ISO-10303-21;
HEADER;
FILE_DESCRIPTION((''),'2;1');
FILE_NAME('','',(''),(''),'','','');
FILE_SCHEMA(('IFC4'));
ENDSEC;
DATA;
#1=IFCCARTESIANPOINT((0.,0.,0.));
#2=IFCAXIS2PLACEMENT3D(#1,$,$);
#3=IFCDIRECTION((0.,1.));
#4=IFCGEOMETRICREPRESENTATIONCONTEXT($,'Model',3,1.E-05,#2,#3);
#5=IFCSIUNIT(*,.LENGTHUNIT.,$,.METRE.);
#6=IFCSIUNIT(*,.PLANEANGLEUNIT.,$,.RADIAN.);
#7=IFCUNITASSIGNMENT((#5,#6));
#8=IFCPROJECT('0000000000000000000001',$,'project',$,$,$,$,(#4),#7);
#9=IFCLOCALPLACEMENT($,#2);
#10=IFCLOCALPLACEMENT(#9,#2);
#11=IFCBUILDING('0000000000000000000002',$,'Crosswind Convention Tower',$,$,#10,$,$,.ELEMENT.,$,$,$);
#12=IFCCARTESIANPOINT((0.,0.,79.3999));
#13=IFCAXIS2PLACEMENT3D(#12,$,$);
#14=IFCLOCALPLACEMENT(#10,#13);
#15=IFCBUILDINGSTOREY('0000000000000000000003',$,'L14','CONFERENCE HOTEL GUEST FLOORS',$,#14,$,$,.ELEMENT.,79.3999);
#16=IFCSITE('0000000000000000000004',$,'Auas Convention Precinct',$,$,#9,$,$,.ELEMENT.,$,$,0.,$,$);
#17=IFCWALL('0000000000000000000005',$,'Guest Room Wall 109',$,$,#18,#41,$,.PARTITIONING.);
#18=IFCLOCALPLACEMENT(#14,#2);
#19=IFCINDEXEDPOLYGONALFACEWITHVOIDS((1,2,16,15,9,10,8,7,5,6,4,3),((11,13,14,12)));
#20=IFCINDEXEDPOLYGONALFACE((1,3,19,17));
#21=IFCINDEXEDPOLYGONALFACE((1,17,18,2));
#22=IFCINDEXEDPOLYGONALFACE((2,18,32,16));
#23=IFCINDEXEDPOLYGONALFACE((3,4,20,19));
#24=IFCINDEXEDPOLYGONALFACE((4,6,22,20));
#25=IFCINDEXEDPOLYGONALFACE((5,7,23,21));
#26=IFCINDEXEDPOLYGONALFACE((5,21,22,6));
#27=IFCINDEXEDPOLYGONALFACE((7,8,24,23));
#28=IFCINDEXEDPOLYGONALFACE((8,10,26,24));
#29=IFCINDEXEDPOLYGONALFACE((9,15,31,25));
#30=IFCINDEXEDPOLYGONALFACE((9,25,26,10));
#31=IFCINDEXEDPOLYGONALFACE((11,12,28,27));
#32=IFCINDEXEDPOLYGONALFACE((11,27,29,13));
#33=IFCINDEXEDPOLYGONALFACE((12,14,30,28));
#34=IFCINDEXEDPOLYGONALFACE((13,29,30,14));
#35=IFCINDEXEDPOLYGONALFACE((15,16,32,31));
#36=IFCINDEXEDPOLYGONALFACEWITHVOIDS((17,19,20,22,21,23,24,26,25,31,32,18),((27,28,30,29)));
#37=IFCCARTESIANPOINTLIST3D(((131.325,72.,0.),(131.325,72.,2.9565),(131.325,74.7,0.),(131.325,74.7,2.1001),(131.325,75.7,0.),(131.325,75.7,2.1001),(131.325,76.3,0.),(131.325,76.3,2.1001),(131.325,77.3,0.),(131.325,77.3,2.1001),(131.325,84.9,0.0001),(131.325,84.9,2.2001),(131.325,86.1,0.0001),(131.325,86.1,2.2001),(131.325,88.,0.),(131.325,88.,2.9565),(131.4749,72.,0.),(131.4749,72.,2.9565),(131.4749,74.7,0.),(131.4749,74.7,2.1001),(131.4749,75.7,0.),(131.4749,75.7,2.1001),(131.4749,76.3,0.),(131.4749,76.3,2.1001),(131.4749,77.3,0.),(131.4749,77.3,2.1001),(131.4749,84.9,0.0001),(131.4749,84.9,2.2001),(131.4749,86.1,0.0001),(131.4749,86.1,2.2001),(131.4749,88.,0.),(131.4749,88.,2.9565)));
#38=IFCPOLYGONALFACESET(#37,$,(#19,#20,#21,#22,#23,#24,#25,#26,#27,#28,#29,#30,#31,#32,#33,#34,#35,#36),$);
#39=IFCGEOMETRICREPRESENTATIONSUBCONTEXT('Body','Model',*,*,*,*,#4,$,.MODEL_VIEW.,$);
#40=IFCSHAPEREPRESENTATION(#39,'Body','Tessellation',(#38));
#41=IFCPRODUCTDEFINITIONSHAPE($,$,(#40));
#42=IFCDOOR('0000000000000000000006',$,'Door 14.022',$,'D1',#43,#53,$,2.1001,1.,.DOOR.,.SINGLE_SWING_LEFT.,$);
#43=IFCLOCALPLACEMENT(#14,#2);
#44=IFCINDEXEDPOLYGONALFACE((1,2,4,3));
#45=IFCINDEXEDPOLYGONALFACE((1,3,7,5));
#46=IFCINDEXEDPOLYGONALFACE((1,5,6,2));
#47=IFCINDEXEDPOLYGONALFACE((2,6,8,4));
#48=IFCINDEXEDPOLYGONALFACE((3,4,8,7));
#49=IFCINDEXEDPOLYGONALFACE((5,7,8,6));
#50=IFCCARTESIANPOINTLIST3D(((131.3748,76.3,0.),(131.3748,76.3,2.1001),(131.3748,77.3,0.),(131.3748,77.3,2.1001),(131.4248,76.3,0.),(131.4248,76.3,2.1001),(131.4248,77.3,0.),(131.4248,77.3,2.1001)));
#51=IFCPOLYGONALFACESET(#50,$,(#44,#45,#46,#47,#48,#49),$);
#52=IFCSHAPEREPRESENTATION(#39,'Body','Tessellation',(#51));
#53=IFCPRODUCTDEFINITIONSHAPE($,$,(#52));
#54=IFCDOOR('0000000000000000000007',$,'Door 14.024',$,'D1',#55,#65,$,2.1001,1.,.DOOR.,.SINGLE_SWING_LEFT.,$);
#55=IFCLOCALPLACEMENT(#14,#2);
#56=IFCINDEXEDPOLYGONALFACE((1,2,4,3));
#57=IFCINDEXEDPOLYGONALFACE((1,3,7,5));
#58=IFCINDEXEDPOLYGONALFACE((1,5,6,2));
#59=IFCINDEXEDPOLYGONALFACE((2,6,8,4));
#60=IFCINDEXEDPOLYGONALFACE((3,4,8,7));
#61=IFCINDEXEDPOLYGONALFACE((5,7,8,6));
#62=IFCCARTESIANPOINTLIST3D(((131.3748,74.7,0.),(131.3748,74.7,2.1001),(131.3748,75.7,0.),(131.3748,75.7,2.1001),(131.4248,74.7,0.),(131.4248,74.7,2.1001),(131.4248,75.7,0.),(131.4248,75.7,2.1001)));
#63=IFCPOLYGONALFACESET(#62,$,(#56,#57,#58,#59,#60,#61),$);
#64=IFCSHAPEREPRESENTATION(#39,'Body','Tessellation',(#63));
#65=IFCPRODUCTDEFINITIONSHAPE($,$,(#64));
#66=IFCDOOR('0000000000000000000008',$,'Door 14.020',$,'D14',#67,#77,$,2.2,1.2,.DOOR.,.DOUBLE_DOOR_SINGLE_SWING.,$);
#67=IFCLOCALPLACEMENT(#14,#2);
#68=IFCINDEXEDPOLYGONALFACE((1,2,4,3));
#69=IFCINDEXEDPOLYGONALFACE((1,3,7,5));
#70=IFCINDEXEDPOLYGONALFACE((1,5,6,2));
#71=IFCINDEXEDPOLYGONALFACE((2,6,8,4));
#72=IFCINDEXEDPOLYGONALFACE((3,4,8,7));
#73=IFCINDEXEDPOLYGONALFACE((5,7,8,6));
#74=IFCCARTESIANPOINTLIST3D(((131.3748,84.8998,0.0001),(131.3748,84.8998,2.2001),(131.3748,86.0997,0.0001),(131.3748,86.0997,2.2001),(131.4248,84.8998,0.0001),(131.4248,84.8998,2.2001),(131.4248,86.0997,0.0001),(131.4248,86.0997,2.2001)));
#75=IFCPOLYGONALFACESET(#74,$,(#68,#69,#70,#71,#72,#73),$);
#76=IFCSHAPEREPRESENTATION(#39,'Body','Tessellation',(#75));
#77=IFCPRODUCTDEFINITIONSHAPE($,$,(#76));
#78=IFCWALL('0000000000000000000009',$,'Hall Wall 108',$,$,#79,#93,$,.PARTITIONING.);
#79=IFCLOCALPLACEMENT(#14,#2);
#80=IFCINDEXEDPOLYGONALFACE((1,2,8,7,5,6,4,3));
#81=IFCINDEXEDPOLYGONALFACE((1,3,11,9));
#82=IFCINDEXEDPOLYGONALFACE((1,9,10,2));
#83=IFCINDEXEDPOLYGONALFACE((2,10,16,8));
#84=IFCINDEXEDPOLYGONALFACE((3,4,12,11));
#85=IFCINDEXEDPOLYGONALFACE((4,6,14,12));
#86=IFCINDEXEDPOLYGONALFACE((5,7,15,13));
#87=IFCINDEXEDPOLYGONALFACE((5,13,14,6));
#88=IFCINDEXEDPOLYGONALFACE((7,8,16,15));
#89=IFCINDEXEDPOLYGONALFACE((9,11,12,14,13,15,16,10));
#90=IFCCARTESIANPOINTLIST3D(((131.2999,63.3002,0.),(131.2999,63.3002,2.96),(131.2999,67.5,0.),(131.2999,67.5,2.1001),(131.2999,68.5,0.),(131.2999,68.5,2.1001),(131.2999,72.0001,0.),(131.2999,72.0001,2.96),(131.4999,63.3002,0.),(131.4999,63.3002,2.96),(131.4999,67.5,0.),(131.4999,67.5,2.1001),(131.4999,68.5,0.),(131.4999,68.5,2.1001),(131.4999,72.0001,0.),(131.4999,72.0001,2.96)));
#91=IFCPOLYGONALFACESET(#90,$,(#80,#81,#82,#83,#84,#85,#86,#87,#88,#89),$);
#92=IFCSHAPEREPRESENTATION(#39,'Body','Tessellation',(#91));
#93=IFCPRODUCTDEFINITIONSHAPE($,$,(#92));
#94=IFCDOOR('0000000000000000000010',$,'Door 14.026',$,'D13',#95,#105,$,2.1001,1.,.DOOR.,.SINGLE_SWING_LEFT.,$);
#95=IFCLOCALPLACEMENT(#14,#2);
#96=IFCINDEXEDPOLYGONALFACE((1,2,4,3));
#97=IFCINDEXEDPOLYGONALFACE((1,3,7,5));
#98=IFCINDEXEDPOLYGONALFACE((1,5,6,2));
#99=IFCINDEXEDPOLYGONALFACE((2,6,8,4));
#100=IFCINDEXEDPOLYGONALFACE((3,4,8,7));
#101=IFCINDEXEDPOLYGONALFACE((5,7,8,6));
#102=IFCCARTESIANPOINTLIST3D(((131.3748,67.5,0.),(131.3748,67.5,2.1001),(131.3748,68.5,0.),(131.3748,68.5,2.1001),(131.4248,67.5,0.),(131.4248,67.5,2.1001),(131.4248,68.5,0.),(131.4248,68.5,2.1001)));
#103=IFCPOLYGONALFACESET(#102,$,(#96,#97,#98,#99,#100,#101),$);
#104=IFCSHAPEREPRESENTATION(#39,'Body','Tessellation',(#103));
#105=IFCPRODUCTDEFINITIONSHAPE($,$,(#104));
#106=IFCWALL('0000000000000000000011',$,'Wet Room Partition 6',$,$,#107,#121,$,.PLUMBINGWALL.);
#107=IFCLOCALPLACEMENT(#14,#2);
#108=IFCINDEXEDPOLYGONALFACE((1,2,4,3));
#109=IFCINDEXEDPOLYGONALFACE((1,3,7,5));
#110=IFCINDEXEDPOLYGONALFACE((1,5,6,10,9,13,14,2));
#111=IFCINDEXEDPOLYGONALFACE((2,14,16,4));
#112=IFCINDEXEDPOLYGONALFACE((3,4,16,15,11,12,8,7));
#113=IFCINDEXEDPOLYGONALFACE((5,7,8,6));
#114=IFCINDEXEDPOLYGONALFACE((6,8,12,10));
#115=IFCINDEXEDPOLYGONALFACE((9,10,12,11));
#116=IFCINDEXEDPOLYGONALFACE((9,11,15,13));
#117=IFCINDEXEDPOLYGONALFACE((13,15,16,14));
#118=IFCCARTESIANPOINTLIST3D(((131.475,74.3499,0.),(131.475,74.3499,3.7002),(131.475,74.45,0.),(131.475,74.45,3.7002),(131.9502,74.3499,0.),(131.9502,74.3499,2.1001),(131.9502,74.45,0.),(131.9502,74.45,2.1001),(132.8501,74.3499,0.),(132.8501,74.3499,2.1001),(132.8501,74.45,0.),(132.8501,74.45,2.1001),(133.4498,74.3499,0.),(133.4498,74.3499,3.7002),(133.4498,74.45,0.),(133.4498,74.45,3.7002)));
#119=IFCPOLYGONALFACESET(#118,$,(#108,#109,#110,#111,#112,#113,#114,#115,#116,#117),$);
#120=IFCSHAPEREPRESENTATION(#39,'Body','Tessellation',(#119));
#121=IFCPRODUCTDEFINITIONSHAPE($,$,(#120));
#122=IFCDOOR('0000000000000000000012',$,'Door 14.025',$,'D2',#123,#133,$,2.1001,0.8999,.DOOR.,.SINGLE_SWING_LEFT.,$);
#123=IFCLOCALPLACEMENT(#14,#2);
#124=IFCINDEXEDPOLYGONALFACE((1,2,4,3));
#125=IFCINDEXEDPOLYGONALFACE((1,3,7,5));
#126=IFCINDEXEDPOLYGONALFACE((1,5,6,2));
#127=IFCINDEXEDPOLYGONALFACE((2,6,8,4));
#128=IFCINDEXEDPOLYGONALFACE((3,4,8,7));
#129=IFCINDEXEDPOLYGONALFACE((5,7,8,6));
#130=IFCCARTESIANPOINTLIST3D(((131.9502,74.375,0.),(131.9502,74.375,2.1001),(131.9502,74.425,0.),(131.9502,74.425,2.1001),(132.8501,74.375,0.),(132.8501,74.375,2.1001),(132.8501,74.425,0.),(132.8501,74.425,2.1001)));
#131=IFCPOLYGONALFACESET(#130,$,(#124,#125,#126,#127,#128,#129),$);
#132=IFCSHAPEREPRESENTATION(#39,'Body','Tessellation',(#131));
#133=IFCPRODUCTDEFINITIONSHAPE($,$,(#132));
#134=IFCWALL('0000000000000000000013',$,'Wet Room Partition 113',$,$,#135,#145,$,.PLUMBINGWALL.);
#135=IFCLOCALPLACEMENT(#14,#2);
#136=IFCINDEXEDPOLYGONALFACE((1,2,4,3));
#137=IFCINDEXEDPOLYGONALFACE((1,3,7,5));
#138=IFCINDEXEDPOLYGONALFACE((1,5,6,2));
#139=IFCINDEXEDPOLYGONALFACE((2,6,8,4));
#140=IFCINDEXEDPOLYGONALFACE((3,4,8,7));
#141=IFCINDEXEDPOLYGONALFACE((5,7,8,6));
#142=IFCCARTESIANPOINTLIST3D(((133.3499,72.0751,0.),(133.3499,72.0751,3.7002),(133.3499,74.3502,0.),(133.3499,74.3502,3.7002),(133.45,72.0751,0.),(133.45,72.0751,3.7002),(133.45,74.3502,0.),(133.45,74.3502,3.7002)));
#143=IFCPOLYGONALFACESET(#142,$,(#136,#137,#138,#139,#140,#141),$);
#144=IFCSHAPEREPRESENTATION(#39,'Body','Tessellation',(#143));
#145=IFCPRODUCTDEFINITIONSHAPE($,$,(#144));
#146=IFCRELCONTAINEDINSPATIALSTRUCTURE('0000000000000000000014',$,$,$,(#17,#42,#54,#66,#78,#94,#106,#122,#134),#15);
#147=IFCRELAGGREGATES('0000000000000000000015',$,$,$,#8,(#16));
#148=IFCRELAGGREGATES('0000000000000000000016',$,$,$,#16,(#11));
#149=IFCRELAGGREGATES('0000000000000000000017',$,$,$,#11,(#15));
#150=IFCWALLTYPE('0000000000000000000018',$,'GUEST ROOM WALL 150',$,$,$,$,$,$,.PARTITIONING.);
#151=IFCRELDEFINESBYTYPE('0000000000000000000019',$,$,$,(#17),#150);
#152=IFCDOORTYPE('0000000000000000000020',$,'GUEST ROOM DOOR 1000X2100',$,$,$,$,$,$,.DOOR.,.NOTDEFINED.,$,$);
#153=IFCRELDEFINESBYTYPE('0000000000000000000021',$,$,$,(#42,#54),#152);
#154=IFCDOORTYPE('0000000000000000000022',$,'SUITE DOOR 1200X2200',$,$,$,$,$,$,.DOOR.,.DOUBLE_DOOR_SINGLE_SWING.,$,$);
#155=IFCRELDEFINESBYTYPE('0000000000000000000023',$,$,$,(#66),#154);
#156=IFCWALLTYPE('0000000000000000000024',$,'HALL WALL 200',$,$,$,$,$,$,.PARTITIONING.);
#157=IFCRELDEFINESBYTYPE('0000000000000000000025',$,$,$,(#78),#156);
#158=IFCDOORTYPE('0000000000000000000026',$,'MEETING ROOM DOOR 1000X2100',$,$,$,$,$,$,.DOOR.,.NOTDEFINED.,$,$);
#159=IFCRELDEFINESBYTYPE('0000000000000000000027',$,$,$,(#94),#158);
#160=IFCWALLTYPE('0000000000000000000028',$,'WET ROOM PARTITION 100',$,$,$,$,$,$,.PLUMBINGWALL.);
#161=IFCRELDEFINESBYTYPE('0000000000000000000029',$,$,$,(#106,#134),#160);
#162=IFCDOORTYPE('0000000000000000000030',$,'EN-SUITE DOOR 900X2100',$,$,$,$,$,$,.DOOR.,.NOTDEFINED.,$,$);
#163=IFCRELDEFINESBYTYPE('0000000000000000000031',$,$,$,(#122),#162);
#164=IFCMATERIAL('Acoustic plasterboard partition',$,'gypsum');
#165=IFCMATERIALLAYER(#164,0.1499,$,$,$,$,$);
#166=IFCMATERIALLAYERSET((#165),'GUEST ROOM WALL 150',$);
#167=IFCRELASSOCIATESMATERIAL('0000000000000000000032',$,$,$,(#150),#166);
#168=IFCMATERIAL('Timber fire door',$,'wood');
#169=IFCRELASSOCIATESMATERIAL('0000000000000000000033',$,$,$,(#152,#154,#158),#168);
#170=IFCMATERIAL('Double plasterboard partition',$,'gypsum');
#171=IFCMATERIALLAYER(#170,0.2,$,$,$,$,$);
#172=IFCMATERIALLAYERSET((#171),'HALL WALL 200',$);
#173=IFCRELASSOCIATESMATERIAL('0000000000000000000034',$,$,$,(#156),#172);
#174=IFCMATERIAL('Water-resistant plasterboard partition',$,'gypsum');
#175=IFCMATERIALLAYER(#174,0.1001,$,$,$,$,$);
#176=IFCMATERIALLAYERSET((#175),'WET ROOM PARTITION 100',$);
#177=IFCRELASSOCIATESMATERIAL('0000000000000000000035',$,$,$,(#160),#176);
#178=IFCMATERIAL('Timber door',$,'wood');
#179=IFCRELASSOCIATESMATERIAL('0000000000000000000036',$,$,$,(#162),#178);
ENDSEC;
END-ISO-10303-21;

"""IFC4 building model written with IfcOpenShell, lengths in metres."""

from ifc_helpers import new_model, si_unit, direction, frame, frame_2d, origin, place, context, subcontext, project, spatial, rectangle, extrude, material, layer, layer_set, type_object, element, fill, save


model = new_model("IFC4")

# Units and contexts
model_context = context("Model", 3, precision=1e-05, world=origin(), true_north=direction((0.0, 1.0)))
body_context = subcontext(model_context, "Body", "Model", "MODEL_VIEW")
ifc_project = project(units=[si_unit("LENGTHUNIT", "METRE"), si_unit("PLANEANGLEUNIT", "RADIAN")], contexts=[model_context])

# Site, building, storey
site_placement = place(None, origin())
site = spatial("IfcSite", under=ifc_project, at=site_placement, Name="Auas Convention Precinct", CompositionType="ELEMENT", RefElevation=0.0)
building_placement = place(site_placement, origin())
building = spatial("IfcBuilding", under=site, at=building_placement, Name="Crosswind Convention Tower", CompositionType="ELEMENT")
storey_placement = place(building_placement, frame((0.0, 0.0, 79.3999)))
storey = spatial("IfcBuildingStorey", under=building, at=storey_placement, Name="L14", Description="CONFERENCE HOTEL GUEST FLOORS", CompositionType="ELEMENT", Elevation=79.3999)

# Shared definitions
ifc_material_1 = material(Name="Acoustic plasterboard partition", Category="gypsum")
ifc_layer_1 = layer(ifc_material_1, 0.1499)
ifc_layer_set_1 = layer_set([ifc_layer_1], Name="GUEST ROOM WALL 150")
wall_type_1 = type_object("IfcWallType", Name="GUEST ROOM WALL 150", PredefinedType="PARTITIONING", material=ifc_layer_set_1)

# Wall, openings, doors
wall_1_placement = place(storey_placement, frame((131.3999, 72.0, 0.0), z_axis=(0.0, 0.0, 1.0), x_axis=(0.0, 1.0, 0.0)))
wall_1 = element("IfcWall", 1, at=wall_1_placement, inside=storey, type_object=wall_type_1, Name="Guest Room Wall 109", PredefinedType="PARTITIONING", context=body_context, shape_type="SweptSolid", body=[
    extrude(rectangle(XDim=16.0, YDim=0.1499, at=frame_2d((8.0, 0.0))), origin(), (0.0, 0.0, 1.0), 2.9565),
])
opening_1_placement = place(wall_1_placement, frame((12.8999, 0.0, 0.0)))
opening_1 = element("IfcOpeningElement", 2, at=opening_1_placement, cuts=wall_1, PredefinedType="OPENING", context=body_context, shape_type="SweptSolid", body=[
    extrude(rectangle(XDim=1.2, YDim=2.2, at=frame_2d((0.6001, 1.1001))), frame((0.0, 0.085, 0.0), z_axis=(0.0, -1.0, 0.0), x_axis=(1.0, 0.0, 0.0)), (0.0, 0.0, 1.0), 0.1699),
])
opening_2_placement = place(wall_1_placement, frame((4.3, 0.0, 0.0)))
opening_2 = element("IfcOpeningElement", 3, at=opening_2_placement, cuts=wall_1, PredefinedType="OPENING", context=body_context, shape_type="SweptSolid", body=[
    extrude(rectangle(XDim=1.0, YDim=2.1001, at=frame_2d((0.5, 1.05))), frame((0.0, 0.085, 0.0), z_axis=(0.0, -1.0, 0.0), x_axis=(1.0, 0.0, 0.0)), (0.0, 0.0, 1.0), 0.1699),
])
opening_3_placement = place(wall_1_placement, frame((2.7, 0.0, 0.0)))
opening_3 = element("IfcOpeningElement", 4, at=opening_3_placement, cuts=wall_1, PredefinedType="OPENING", context=body_context, shape_type="SweptSolid", body=[
    extrude(rectangle(XDim=1.0, YDim=2.1001, at=frame_2d((0.5, 1.05))), frame((0.0, 0.085, 0.0), z_axis=(0.0, -1.0, 0.0), x_axis=(1.0, 0.0, 0.0)), (0.0, 0.0, 1.0), 0.1699),
])
ifc_material_2 = material(Name="Timber fire door", Category="wood")
door_type_1 = type_object("IfcDoorType", Name="GUEST ROOM DOOR 1000X2100", OperationType="NOTDEFINED", PredefinedType="DOOR", material=ifc_material_2)
door_1_placement = place(opening_2_placement, frame((1.0, 0.0, 0.0), z_axis=(0.0, 0.0, 1.0), x_axis=(-1.0, 0.0, 0.0)))
door_1 = element("IfcDoor", 5, at=door_1_placement, inside=storey, type_object=door_type_1, Name="Door 14.022", ObjectType="D1", OperationType="SINGLE_SWING_LEFT", OverallHeight=2.1001, OverallWidth=1.0, PredefinedType="DOOR", context=body_context, shape_type="SweptSolid", body=[
    extrude(rectangle(XDim=1.0, YDim=2.1001, at=frame_2d((0.5, 1.05))), frame((0.0, 0.0249, 0.0), z_axis=(0.0, -1.0, 0.0), x_axis=(1.0, 0.0, 0.0)), (0.0, 0.0, 1.0), 0.05),
])
fill(opening_2, door_1)
door_2_placement = place(opening_3_placement, frame((1.0, 0.0, 0.0), z_axis=(0.0, 0.0, 1.0), x_axis=(-1.0, 0.0, 0.0)))
door_2 = element("IfcDoor", 6, at=door_2_placement, inside=storey, type_object=door_type_1, Name="Door 14.024", ObjectType="D1", OperationType="SINGLE_SWING_LEFT", OverallHeight=2.1001, OverallWidth=1.0, PredefinedType="DOOR", context=body_context, shape_type="SweptSolid", body=[
    extrude(rectangle(XDim=1.0, YDim=2.1001, at=frame_2d((0.5, 1.05))), frame((0.0, 0.0249, 0.0), z_axis=(0.0, -1.0, 0.0), x_axis=(1.0, 0.0, 0.0)), (0.0, 0.0, 1.0), 0.05),
])
fill(opening_3, door_2)
door_type_2 = type_object("IfcDoorType", Name="SUITE DOOR 1200X2200", OperationType="DOUBLE_DOOR_SINGLE_SWING", PredefinedType="DOOR", material=ifc_material_2)
door_3_placement = place(opening_1_placement, frame((1.2, 0.0, 0.0), z_axis=(0.0, 0.0, 1.0), x_axis=(-1.0, 0.0, 0.0)))
door_3 = element("IfcDoor", 7, at=door_3_placement, inside=storey, type_object=door_type_2, Name="Door 14.020", ObjectType="D14", OperationType="DOUBLE_DOOR_SINGLE_SWING", OverallHeight=2.2, OverallWidth=1.2, PredefinedType="DOOR", context=body_context, shape_type="SweptSolid", body=[
    extrude(rectangle(XDim=1.2, YDim=2.2, at=frame_2d((0.6001, 1.1001))), frame((0.0, 0.0249, 0.0), z_axis=(0.0, -1.0, 0.0), x_axis=(1.0, 0.0, 0.0)), (0.0, 0.0, 1.0), 0.05),
])
fill(opening_1, door_3)

# Walls, openings, doors
ifc_material_3 = material(Name="Double plasterboard partition", Category="gypsum")
ifc_layer_2 = layer(ifc_material_3, 0.2)
ifc_layer_set_2 = layer_set([ifc_layer_2], Name="HALL WALL 200")
wall_type_2 = type_object("IfcWallType", Name="HALL WALL 200", PredefinedType="PARTITIONING", material=ifc_layer_set_2)
wall_2_placement = place(storey_placement, frame((131.3999, 63.3, 0.0), z_axis=(0.0, 0.0, 1.0), x_axis=(0.0, 1.0, 0.0)))
wall_2 = element("IfcWall", 8, at=wall_2_placement, inside=storey, type_object=wall_type_2, Name="Hall Wall 108", PredefinedType="PARTITIONING", context=body_context, shape_type="SweptSolid", body=[
    extrude(rectangle(XDim=8.7, YDim=0.2, at=frame_2d((4.3501, 0.0))), origin(), (0.0, 0.0, 1.0), 2.96),
])
opening_4_placement = place(wall_2_placement, frame((4.2, 0.0, 0.0)))
opening_4 = element("IfcOpeningElement", 9, at=opening_4_placement, cuts=wall_2, PredefinedType="OPENING", context=body_context, shape_type="SweptSolid", body=[
    extrude(rectangle(XDim=1.0, YDim=2.1001, at=frame_2d((0.5, 1.05))), frame((0.0, 0.1099, 0.0), z_axis=(0.0, -1.0, 0.0), x_axis=(1.0, 0.0, 0.0)), (0.0, 0.0, 1.0), 0.22),
])
door_type_3 = type_object("IfcDoorType", Name="MEETING ROOM DOOR 1000X2100", OperationType="NOTDEFINED", PredefinedType="DOOR", material=ifc_material_2)
door_4_placement = place(opening_4_placement, frame((1.0, 0.0, 0.0), z_axis=(0.0, 0.0, 1.0), x_axis=(-1.0, 0.0, 0.0)))
door_4 = element("IfcDoor", 10, at=door_4_placement, inside=storey, type_object=door_type_3, Name="Door 14.026", ObjectType="D13", OperationType="SINGLE_SWING_LEFT", OverallHeight=2.1001, OverallWidth=1.0, PredefinedType="DOOR", context=body_context, shape_type="SweptSolid", body=[
    extrude(rectangle(XDim=1.0, YDim=2.1001, at=frame_2d((0.5, 1.05))), frame((0.0, 0.0249, 0.0), z_axis=(0.0, -1.0, 0.0), x_axis=(1.0, 0.0, 0.0)), (0.0, 0.0, 1.0), 0.05),
])
fill(opening_4, door_4)
ifc_material_4 = material(Name="Water-resistant plasterboard partition", Category="gypsum")
ifc_layer_3 = layer(ifc_material_4, 0.1001)
ifc_layer_set_3 = layer_set([ifc_layer_3], Name="WET ROOM PARTITION 100")
wall_type_3 = type_object("IfcWallType", Name="WET ROOM PARTITION 100", PredefinedType="PLUMBINGWALL", material=ifc_layer_set_3)
wall_3_placement = place(storey_placement, frame((131.4751, 74.3999, 0.0), z_axis=(0.0, 0.0, 1.0), x_axis=(1.0, 0.0, 0.0)))
wall_3 = element("IfcWall", 11, at=wall_3_placement, inside=storey, type_object=wall_type_3, Name="Wet Room Partition 6", PredefinedType="PLUMBINGWALL", context=body_context, shape_type="SweptSolid", body=[
    extrude(rectangle(XDim=1.9749, YDim=0.1001, at=frame_2d((0.9873, 0.0))), origin(), (0.0, 0.0, 1.0), 3.7002),
])
opening_5_placement = place(wall_3_placement, frame((0.4751, 0.0, 0.0)))
opening_5 = element("IfcOpeningElement", 12, at=opening_5_placement, cuts=wall_3, PredefinedType="OPENING", context=body_context, shape_type="SweptSolid", body=[
    extrude(rectangle(XDim=0.8999, YDim=2.1001, at=frame_2d((0.45, 1.05))), frame((0.0, 0.0601, 0.0), z_axis=(0.0, -1.0, 0.0), x_axis=(1.0, 0.0, 0.0)), (0.0, 0.0, 1.0), 0.1201),
])
ifc_material_5 = material(Name="Timber door", Category="wood")
door_type_4 = type_object("IfcDoorType", Name="EN-SUITE DOOR 900X2100", OperationType="NOTDEFINED", PredefinedType="DOOR", material=ifc_material_5)
door_5_placement = place(opening_5_placement, frame((0.8999, 0.0, 0.0), z_axis=(0.0, 0.0, 1.0), x_axis=(-1.0, 0.0, 0.0)))
door_5 = element("IfcDoor", 13, at=door_5_placement, inside=storey, type_object=door_type_4, Name="Door 14.025", ObjectType="D2", OperationType="SINGLE_SWING_LEFT", OverallHeight=2.1001, OverallWidth=0.8999, PredefinedType="DOOR", context=body_context, shape_type="SweptSolid", body=[
    extrude(rectangle(XDim=0.8999, YDim=2.1001, at=frame_2d((0.45, 1.05))), frame((0.0, 0.0249, 0.0), z_axis=(0.0, -1.0, 0.0), x_axis=(1.0, 0.0, 0.0)), (0.0, 0.0, 1.0), 0.05),
])
fill(opening_5, door_5)

# Wall
wall_4_placement = place(storey_placement, frame((133.3999, 72.075, 0.0), z_axis=(0.0, 0.0, 1.0), x_axis=(0.0, 1.0, 0.0)))
element("IfcWall", 14, at=wall_4_placement, inside=storey, type_object=wall_type_3, Name="Wet Room Partition 113", PredefinedType="PLUMBINGWALL", context=body_context, shape_type="SweptSolid", body=[
    extrude(rectangle(XDim=2.2751, YDim=0.1001, at=frame_2d((1.1377, 0.0))), origin(), (0.0, 0.0, 1.0), 3.7002),
])

save(model, "model.ifc")
